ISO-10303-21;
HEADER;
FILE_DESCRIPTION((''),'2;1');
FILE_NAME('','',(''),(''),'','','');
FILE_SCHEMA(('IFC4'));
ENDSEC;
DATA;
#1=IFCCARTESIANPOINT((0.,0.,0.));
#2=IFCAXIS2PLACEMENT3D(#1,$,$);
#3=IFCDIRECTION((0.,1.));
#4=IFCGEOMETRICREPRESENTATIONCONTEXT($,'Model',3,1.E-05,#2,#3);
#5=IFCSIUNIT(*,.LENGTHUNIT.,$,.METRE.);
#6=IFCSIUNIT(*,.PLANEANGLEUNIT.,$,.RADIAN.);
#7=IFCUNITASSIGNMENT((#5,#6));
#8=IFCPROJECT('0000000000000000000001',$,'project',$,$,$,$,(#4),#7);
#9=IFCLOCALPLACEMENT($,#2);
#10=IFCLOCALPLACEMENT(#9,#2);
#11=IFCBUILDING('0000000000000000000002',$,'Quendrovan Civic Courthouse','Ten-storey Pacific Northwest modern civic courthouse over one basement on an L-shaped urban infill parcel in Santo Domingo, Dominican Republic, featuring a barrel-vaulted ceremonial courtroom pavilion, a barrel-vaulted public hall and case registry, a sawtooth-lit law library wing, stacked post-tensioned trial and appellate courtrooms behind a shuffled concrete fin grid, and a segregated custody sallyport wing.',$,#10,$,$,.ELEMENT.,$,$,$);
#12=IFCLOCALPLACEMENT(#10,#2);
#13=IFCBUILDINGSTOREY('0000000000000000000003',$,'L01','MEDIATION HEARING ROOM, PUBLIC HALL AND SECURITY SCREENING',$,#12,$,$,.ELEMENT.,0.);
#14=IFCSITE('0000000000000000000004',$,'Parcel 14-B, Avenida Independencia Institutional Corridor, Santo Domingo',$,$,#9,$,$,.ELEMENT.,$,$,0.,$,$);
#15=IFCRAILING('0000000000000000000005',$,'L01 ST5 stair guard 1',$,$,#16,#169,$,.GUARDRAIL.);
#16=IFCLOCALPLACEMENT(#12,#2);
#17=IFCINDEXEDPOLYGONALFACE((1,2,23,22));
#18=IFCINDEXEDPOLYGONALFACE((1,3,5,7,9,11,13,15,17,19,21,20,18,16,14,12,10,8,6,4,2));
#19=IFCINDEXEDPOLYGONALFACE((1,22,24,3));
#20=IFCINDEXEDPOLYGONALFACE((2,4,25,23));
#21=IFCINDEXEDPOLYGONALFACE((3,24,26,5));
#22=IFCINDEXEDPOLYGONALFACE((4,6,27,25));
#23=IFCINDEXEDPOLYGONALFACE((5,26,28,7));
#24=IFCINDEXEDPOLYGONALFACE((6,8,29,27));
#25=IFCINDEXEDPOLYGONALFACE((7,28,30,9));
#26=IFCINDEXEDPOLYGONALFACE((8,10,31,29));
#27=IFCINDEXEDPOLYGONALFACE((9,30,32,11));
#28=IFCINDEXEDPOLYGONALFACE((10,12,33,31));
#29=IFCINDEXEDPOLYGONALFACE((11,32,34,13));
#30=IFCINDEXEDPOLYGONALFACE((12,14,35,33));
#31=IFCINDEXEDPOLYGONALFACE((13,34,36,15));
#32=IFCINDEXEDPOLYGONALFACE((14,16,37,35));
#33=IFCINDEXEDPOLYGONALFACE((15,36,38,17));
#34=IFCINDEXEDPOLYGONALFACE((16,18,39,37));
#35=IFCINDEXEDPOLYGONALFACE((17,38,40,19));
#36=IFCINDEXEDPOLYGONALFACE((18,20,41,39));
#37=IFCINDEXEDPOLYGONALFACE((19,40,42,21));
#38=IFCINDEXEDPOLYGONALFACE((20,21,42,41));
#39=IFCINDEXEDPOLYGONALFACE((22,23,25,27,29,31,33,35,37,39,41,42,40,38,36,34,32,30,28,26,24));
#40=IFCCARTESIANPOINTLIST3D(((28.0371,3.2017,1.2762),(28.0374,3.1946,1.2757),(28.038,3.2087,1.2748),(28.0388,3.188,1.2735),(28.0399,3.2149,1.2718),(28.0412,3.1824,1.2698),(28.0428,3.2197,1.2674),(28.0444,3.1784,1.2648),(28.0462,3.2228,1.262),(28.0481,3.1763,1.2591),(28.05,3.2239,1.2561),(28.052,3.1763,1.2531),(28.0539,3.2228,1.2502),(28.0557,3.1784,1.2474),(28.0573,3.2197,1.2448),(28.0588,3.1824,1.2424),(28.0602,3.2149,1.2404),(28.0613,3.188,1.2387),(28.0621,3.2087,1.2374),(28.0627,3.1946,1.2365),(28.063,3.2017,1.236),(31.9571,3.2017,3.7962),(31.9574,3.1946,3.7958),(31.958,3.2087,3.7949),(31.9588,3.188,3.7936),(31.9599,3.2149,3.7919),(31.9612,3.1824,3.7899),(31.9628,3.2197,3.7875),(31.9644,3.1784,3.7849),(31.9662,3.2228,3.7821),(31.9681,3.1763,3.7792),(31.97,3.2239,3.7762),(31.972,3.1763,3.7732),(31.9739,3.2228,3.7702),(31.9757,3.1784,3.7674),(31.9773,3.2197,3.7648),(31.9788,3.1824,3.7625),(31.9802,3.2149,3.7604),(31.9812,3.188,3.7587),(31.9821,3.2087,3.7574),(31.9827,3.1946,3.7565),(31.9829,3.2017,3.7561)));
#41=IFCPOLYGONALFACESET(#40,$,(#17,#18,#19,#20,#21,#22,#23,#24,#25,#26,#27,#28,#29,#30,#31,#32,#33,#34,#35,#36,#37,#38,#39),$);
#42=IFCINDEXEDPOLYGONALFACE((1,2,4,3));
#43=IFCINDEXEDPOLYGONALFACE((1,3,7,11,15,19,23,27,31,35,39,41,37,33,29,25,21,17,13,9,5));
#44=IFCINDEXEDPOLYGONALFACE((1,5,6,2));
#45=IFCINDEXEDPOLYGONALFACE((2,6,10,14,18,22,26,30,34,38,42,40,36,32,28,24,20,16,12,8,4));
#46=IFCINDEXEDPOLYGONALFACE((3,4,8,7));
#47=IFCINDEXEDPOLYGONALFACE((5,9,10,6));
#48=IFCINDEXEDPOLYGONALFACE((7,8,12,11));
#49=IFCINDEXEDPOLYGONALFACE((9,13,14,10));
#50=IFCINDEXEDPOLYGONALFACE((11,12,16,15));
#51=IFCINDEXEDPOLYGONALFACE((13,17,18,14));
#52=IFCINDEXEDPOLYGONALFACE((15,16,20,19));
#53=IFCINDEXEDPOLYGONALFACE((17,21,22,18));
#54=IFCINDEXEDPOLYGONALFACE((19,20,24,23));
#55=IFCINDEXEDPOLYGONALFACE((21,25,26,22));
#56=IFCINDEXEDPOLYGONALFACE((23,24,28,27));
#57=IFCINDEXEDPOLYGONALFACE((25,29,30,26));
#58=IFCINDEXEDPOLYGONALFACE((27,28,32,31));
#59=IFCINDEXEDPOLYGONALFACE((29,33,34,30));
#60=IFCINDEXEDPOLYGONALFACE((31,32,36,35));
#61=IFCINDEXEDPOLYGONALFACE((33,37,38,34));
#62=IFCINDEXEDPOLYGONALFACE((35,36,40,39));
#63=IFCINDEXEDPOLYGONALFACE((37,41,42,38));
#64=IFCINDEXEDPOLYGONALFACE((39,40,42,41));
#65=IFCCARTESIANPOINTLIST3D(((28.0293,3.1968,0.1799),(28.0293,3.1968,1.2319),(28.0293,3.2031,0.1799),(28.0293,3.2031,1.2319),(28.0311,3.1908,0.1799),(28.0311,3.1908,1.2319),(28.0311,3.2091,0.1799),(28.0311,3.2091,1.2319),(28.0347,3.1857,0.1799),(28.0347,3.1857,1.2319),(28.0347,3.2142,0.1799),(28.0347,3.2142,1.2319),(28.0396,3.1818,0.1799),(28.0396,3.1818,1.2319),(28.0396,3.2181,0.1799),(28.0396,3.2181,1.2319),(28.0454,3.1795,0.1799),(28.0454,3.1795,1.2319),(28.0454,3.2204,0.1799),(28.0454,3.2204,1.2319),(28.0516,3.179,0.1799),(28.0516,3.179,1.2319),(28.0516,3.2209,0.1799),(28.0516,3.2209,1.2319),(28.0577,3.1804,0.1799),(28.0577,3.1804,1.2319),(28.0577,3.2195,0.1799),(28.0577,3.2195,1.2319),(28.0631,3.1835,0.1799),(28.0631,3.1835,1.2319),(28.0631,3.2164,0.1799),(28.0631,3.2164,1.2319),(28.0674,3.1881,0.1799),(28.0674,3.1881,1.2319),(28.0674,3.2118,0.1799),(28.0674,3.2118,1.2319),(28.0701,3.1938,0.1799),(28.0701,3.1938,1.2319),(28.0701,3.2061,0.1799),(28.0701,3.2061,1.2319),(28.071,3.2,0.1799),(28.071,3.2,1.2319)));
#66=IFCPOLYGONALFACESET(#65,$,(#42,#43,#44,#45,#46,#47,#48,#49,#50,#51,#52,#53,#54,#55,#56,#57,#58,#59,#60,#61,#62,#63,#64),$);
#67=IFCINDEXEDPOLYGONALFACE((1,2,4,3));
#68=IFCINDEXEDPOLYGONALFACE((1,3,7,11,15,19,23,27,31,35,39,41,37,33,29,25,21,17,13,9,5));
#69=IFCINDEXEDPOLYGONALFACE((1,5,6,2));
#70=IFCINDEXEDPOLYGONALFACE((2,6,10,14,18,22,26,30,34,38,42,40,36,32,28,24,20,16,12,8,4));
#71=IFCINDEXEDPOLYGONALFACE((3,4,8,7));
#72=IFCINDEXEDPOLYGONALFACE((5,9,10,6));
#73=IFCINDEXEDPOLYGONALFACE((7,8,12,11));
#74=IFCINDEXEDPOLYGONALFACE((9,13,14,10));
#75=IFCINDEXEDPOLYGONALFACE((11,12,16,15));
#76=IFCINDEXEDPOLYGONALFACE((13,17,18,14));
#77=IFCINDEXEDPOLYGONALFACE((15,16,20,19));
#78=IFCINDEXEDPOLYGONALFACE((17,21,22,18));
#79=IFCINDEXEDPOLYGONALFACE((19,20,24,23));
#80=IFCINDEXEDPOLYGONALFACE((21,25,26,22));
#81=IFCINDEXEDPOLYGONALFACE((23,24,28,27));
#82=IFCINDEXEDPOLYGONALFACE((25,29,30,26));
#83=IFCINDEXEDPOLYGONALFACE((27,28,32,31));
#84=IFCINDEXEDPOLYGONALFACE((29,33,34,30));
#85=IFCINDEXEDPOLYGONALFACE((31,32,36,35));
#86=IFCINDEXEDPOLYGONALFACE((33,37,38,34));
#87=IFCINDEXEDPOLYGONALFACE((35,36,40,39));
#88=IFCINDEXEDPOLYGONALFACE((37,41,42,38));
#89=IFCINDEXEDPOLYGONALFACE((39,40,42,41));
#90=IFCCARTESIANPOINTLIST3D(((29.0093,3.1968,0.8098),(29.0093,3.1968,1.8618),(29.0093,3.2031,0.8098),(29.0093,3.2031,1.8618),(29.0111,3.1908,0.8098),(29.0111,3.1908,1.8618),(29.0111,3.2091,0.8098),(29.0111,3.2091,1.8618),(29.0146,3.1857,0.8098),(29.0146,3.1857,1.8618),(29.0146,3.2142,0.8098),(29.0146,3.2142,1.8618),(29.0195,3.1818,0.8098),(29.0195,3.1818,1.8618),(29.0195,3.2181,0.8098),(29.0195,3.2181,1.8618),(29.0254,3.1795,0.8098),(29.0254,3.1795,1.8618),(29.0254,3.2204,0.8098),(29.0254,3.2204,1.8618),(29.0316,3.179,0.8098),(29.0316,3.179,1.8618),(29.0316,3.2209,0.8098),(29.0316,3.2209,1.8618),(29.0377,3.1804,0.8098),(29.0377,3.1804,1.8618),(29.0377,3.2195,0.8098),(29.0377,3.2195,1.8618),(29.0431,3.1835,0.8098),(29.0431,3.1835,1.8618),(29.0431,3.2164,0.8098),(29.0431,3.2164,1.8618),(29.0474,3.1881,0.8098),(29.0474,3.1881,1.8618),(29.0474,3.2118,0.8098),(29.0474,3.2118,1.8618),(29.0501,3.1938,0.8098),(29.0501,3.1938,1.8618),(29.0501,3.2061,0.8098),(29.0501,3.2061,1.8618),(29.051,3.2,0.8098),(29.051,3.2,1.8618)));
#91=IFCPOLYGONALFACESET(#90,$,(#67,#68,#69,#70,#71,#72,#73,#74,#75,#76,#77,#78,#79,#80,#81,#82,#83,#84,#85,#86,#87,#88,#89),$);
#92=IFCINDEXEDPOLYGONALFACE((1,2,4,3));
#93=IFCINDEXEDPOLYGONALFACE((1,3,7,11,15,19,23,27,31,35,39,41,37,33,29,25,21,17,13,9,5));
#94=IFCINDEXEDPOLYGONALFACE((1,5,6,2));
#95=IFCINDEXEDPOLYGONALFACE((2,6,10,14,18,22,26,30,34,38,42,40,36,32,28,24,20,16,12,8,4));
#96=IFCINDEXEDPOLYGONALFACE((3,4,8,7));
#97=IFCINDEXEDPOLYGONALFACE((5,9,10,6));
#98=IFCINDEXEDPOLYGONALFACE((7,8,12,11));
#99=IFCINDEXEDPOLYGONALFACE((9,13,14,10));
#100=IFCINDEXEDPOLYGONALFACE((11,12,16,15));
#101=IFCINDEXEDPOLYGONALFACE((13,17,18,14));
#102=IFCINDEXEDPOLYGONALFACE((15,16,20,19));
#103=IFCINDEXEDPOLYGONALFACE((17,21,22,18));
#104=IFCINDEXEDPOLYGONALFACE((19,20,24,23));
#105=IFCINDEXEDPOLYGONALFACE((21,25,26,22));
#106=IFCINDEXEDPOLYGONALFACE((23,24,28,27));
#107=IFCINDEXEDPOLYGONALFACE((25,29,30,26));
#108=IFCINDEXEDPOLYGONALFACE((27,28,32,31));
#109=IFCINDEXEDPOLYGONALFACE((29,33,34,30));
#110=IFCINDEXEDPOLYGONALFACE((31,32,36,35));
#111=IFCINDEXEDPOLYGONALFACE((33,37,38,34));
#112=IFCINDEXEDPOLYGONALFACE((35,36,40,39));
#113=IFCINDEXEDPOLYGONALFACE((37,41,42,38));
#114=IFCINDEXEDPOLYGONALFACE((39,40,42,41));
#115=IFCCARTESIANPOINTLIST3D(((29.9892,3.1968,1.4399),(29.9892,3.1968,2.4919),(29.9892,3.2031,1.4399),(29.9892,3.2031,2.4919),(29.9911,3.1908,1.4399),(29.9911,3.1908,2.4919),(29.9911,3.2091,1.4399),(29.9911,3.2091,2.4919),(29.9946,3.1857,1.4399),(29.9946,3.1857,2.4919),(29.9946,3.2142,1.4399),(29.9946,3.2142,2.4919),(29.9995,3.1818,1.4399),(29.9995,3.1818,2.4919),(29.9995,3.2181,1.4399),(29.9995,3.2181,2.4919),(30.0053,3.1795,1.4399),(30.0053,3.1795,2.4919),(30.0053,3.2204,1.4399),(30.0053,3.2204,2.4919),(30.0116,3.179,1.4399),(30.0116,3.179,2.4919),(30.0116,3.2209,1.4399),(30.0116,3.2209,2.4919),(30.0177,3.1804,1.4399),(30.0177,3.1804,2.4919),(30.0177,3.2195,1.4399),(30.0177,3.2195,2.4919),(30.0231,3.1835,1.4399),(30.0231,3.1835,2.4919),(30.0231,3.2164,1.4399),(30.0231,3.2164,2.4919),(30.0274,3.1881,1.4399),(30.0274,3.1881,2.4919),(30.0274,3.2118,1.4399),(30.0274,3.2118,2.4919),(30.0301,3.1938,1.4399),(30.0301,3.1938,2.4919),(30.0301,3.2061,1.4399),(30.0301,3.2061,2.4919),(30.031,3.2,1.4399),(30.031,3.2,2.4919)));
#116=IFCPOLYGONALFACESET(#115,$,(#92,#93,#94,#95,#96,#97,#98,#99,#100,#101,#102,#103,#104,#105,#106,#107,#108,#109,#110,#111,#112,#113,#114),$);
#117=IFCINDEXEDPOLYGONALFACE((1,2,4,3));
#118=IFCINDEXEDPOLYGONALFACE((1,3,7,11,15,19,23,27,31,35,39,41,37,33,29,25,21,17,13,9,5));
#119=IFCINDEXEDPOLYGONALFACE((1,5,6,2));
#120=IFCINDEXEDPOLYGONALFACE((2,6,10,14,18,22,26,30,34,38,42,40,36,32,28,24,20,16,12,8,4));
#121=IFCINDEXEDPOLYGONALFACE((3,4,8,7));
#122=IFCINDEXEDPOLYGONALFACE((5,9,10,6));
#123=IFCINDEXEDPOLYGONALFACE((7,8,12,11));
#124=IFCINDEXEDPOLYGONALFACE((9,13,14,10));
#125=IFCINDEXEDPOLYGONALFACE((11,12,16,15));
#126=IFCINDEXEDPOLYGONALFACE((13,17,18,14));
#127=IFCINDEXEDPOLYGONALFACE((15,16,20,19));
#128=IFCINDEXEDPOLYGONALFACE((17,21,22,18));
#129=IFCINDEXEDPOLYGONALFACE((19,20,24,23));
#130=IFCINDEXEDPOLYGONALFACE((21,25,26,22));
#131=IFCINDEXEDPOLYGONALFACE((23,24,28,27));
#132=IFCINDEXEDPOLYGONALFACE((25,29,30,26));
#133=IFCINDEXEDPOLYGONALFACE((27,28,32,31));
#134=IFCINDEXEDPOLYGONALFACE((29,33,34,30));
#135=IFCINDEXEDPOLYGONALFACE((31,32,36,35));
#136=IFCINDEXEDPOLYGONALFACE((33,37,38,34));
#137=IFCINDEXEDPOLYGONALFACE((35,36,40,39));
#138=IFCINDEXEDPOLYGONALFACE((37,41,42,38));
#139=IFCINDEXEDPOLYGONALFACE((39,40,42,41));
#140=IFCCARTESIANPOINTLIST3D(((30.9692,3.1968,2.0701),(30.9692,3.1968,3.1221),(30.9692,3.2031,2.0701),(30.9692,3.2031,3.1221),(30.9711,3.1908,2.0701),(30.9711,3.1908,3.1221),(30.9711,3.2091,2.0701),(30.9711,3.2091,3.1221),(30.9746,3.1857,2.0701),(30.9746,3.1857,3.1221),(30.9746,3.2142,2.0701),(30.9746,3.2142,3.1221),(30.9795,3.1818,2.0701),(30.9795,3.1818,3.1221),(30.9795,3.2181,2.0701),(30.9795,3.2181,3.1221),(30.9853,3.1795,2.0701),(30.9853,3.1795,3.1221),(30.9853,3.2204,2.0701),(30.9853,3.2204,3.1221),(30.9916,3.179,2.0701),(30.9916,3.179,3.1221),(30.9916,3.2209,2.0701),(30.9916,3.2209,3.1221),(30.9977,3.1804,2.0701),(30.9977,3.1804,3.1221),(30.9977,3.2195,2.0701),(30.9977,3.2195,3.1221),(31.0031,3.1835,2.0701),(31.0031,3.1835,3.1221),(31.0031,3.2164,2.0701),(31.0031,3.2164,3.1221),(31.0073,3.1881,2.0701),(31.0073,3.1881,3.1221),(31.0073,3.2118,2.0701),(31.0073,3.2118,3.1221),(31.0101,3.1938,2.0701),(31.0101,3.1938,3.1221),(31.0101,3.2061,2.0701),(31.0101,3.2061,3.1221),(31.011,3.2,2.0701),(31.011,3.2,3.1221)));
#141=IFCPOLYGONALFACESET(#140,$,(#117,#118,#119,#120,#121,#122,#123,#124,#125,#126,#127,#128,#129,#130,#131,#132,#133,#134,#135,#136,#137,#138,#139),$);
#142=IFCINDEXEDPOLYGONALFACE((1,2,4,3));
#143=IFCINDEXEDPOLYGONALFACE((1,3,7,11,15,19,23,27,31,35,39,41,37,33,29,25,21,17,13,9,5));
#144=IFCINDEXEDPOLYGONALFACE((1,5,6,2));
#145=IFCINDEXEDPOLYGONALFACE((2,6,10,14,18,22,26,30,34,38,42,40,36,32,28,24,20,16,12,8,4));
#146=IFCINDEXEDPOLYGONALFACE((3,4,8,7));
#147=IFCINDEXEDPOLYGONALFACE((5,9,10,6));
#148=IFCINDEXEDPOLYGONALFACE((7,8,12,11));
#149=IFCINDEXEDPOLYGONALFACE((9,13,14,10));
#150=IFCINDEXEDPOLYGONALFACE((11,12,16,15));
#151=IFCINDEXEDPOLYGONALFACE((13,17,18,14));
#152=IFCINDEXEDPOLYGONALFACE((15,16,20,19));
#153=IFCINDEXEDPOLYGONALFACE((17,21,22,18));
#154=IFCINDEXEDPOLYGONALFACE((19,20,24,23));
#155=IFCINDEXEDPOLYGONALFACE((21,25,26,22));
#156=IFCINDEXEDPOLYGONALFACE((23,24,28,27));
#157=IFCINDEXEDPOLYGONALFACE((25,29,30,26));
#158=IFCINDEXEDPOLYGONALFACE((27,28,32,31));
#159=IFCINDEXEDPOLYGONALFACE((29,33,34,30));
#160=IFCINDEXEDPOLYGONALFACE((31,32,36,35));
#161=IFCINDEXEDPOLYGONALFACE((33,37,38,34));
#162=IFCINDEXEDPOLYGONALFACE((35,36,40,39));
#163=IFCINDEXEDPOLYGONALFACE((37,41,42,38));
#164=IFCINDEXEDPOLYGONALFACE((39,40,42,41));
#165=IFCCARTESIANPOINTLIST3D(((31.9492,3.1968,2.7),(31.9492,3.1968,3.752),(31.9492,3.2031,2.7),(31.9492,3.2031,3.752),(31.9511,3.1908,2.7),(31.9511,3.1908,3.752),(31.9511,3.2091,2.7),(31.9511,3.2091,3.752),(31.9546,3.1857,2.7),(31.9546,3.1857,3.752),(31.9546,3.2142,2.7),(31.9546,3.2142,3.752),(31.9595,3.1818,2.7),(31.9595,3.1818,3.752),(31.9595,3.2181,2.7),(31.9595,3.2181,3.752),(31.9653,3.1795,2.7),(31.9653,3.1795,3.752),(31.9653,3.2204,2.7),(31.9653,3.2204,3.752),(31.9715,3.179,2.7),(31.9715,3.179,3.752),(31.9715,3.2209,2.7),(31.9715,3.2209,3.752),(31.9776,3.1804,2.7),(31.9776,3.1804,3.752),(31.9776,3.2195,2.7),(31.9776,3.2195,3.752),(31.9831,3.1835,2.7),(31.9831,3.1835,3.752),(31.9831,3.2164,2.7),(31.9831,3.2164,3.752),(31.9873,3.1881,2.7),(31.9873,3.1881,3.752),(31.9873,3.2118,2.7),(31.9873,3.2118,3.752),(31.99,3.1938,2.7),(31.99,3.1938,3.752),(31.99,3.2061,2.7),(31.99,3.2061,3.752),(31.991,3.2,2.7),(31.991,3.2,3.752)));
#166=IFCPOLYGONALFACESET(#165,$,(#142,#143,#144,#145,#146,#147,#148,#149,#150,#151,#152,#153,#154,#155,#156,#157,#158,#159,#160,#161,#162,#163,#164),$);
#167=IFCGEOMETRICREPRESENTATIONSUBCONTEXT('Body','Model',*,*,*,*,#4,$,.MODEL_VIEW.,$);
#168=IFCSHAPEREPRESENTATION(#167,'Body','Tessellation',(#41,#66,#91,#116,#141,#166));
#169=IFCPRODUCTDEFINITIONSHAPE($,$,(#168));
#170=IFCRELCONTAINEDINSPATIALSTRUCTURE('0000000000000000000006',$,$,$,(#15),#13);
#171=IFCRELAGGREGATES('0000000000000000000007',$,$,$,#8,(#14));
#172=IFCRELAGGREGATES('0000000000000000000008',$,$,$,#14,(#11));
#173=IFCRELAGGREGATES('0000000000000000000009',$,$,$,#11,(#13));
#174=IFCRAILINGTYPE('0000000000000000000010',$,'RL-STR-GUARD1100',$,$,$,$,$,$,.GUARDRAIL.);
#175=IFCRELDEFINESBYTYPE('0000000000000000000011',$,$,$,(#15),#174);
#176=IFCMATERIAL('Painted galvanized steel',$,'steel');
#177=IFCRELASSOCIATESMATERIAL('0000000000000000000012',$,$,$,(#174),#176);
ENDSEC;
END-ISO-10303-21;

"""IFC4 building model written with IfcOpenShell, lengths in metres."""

from ifc_helpers import new_model, si_unit, direction, frame, origin, origin_2d, place, context, subcontext, project, spatial, circle, extrude, material, type_object, element, save


model = new_model("IFC4")

# Units and contexts
model_context = context("Model", 3, precision=1e-05, world=origin(), true_north=direction((0.0, 1.0)))
body_context = subcontext(model_context, "Body", "Model", "MODEL_VIEW")
ifc_project = project(units=[si_unit("LENGTHUNIT", "METRE"), si_unit("PLANEANGLEUNIT", "RADIAN")], contexts=[model_context])

# Site, building, storey
site_placement = place(None, origin())
site = spatial("IfcSite", under=ifc_project, at=site_placement, Name="Parcel 14-B, Avenida Independencia Institutional Corridor, Santo Domingo", CompositionType="ELEMENT", RefElevation=0.0)
building_placement = place(site_placement, origin())
building = spatial("IfcBuilding", under=site, at=building_placement, Name="Quendrovan Civic Courthouse", Description="Ten-storey Pacific Northwest modern civic courthouse over one basement on an L-shaped urban infill parcel in Santo Domingo, Dominican Republic, featuring a barrel-vaulted ceremonial courtroom pavilion, a barrel-vaulted public hall and case registry, a sawtooth-lit law library wing, stacked post-tensioned trial and appellate courtrooms behind a shuffled concrete fin grid, and a segregated custody sallyport wing.", CompositionType="ELEMENT")
storey_placement = place(building_placement, origin())
storey = spatial("IfcBuildingStorey", under=building, at=storey_placement, Name="L01", Description="MEDIATION HEARING ROOM, PUBLIC HALL AND SECURITY SCREENING", CompositionType="ELEMENT", Elevation=0.0)

# Railing
ifc_material_1 = material(Name="Painted galvanized steel", Category="steel")
railing_type_1 = type_object("IfcRailingType", Name="RL-STR-GUARD1100", PredefinedType="GUARDRAIL", material=ifc_material_1)
railing_1_placement = place(storey_placement, frame((28.05, 3.2, 0.1799)))
element("IfcRailing", 1, at=railing_1_placement, inside=storey, type_object=railing_type_1, Name="L01 ST5 stair guard 1", PredefinedType="GUARDRAIL", context=body_context, shape_type="SweptSolid", body=[
    extrude(circle(Radius=0.0239, at=origin_2d()), frame((0.0, 0.0, 1.0762), z_axis=(0.841172, 0.0, 0.540768), x_axis=(0.0, 1.0, 0.0)), (0.0, 0.0, 1.0), 4.6602),
    extrude(circle(Radius=0.021, at=origin_2d()), origin(), (0.0, 0.0, 1.0), 1.052),
    extrude(circle(Radius=0.021, at=origin_2d()), frame((0.98, 0.0, 0.6299)), (0.0, 0.0, 1.0), 1.052),
    extrude(circle(Radius=0.021, at=origin_2d()), frame((1.96, 0.0, 1.26)), (0.0, 0.0, 1.0), 1.052),
    extrude(circle(Radius=0.021, at=origin_2d()), frame((2.9399, 0.0, 1.8901)), (0.0, 0.0, 1.0), 1.052),
    extrude(circle(Radius=0.021, at=origin_2d()), frame((3.9199, 0.0, 2.52)), (0.0, 0.0, 1.0), 1.052),
])

save(model, "model.ifc")
